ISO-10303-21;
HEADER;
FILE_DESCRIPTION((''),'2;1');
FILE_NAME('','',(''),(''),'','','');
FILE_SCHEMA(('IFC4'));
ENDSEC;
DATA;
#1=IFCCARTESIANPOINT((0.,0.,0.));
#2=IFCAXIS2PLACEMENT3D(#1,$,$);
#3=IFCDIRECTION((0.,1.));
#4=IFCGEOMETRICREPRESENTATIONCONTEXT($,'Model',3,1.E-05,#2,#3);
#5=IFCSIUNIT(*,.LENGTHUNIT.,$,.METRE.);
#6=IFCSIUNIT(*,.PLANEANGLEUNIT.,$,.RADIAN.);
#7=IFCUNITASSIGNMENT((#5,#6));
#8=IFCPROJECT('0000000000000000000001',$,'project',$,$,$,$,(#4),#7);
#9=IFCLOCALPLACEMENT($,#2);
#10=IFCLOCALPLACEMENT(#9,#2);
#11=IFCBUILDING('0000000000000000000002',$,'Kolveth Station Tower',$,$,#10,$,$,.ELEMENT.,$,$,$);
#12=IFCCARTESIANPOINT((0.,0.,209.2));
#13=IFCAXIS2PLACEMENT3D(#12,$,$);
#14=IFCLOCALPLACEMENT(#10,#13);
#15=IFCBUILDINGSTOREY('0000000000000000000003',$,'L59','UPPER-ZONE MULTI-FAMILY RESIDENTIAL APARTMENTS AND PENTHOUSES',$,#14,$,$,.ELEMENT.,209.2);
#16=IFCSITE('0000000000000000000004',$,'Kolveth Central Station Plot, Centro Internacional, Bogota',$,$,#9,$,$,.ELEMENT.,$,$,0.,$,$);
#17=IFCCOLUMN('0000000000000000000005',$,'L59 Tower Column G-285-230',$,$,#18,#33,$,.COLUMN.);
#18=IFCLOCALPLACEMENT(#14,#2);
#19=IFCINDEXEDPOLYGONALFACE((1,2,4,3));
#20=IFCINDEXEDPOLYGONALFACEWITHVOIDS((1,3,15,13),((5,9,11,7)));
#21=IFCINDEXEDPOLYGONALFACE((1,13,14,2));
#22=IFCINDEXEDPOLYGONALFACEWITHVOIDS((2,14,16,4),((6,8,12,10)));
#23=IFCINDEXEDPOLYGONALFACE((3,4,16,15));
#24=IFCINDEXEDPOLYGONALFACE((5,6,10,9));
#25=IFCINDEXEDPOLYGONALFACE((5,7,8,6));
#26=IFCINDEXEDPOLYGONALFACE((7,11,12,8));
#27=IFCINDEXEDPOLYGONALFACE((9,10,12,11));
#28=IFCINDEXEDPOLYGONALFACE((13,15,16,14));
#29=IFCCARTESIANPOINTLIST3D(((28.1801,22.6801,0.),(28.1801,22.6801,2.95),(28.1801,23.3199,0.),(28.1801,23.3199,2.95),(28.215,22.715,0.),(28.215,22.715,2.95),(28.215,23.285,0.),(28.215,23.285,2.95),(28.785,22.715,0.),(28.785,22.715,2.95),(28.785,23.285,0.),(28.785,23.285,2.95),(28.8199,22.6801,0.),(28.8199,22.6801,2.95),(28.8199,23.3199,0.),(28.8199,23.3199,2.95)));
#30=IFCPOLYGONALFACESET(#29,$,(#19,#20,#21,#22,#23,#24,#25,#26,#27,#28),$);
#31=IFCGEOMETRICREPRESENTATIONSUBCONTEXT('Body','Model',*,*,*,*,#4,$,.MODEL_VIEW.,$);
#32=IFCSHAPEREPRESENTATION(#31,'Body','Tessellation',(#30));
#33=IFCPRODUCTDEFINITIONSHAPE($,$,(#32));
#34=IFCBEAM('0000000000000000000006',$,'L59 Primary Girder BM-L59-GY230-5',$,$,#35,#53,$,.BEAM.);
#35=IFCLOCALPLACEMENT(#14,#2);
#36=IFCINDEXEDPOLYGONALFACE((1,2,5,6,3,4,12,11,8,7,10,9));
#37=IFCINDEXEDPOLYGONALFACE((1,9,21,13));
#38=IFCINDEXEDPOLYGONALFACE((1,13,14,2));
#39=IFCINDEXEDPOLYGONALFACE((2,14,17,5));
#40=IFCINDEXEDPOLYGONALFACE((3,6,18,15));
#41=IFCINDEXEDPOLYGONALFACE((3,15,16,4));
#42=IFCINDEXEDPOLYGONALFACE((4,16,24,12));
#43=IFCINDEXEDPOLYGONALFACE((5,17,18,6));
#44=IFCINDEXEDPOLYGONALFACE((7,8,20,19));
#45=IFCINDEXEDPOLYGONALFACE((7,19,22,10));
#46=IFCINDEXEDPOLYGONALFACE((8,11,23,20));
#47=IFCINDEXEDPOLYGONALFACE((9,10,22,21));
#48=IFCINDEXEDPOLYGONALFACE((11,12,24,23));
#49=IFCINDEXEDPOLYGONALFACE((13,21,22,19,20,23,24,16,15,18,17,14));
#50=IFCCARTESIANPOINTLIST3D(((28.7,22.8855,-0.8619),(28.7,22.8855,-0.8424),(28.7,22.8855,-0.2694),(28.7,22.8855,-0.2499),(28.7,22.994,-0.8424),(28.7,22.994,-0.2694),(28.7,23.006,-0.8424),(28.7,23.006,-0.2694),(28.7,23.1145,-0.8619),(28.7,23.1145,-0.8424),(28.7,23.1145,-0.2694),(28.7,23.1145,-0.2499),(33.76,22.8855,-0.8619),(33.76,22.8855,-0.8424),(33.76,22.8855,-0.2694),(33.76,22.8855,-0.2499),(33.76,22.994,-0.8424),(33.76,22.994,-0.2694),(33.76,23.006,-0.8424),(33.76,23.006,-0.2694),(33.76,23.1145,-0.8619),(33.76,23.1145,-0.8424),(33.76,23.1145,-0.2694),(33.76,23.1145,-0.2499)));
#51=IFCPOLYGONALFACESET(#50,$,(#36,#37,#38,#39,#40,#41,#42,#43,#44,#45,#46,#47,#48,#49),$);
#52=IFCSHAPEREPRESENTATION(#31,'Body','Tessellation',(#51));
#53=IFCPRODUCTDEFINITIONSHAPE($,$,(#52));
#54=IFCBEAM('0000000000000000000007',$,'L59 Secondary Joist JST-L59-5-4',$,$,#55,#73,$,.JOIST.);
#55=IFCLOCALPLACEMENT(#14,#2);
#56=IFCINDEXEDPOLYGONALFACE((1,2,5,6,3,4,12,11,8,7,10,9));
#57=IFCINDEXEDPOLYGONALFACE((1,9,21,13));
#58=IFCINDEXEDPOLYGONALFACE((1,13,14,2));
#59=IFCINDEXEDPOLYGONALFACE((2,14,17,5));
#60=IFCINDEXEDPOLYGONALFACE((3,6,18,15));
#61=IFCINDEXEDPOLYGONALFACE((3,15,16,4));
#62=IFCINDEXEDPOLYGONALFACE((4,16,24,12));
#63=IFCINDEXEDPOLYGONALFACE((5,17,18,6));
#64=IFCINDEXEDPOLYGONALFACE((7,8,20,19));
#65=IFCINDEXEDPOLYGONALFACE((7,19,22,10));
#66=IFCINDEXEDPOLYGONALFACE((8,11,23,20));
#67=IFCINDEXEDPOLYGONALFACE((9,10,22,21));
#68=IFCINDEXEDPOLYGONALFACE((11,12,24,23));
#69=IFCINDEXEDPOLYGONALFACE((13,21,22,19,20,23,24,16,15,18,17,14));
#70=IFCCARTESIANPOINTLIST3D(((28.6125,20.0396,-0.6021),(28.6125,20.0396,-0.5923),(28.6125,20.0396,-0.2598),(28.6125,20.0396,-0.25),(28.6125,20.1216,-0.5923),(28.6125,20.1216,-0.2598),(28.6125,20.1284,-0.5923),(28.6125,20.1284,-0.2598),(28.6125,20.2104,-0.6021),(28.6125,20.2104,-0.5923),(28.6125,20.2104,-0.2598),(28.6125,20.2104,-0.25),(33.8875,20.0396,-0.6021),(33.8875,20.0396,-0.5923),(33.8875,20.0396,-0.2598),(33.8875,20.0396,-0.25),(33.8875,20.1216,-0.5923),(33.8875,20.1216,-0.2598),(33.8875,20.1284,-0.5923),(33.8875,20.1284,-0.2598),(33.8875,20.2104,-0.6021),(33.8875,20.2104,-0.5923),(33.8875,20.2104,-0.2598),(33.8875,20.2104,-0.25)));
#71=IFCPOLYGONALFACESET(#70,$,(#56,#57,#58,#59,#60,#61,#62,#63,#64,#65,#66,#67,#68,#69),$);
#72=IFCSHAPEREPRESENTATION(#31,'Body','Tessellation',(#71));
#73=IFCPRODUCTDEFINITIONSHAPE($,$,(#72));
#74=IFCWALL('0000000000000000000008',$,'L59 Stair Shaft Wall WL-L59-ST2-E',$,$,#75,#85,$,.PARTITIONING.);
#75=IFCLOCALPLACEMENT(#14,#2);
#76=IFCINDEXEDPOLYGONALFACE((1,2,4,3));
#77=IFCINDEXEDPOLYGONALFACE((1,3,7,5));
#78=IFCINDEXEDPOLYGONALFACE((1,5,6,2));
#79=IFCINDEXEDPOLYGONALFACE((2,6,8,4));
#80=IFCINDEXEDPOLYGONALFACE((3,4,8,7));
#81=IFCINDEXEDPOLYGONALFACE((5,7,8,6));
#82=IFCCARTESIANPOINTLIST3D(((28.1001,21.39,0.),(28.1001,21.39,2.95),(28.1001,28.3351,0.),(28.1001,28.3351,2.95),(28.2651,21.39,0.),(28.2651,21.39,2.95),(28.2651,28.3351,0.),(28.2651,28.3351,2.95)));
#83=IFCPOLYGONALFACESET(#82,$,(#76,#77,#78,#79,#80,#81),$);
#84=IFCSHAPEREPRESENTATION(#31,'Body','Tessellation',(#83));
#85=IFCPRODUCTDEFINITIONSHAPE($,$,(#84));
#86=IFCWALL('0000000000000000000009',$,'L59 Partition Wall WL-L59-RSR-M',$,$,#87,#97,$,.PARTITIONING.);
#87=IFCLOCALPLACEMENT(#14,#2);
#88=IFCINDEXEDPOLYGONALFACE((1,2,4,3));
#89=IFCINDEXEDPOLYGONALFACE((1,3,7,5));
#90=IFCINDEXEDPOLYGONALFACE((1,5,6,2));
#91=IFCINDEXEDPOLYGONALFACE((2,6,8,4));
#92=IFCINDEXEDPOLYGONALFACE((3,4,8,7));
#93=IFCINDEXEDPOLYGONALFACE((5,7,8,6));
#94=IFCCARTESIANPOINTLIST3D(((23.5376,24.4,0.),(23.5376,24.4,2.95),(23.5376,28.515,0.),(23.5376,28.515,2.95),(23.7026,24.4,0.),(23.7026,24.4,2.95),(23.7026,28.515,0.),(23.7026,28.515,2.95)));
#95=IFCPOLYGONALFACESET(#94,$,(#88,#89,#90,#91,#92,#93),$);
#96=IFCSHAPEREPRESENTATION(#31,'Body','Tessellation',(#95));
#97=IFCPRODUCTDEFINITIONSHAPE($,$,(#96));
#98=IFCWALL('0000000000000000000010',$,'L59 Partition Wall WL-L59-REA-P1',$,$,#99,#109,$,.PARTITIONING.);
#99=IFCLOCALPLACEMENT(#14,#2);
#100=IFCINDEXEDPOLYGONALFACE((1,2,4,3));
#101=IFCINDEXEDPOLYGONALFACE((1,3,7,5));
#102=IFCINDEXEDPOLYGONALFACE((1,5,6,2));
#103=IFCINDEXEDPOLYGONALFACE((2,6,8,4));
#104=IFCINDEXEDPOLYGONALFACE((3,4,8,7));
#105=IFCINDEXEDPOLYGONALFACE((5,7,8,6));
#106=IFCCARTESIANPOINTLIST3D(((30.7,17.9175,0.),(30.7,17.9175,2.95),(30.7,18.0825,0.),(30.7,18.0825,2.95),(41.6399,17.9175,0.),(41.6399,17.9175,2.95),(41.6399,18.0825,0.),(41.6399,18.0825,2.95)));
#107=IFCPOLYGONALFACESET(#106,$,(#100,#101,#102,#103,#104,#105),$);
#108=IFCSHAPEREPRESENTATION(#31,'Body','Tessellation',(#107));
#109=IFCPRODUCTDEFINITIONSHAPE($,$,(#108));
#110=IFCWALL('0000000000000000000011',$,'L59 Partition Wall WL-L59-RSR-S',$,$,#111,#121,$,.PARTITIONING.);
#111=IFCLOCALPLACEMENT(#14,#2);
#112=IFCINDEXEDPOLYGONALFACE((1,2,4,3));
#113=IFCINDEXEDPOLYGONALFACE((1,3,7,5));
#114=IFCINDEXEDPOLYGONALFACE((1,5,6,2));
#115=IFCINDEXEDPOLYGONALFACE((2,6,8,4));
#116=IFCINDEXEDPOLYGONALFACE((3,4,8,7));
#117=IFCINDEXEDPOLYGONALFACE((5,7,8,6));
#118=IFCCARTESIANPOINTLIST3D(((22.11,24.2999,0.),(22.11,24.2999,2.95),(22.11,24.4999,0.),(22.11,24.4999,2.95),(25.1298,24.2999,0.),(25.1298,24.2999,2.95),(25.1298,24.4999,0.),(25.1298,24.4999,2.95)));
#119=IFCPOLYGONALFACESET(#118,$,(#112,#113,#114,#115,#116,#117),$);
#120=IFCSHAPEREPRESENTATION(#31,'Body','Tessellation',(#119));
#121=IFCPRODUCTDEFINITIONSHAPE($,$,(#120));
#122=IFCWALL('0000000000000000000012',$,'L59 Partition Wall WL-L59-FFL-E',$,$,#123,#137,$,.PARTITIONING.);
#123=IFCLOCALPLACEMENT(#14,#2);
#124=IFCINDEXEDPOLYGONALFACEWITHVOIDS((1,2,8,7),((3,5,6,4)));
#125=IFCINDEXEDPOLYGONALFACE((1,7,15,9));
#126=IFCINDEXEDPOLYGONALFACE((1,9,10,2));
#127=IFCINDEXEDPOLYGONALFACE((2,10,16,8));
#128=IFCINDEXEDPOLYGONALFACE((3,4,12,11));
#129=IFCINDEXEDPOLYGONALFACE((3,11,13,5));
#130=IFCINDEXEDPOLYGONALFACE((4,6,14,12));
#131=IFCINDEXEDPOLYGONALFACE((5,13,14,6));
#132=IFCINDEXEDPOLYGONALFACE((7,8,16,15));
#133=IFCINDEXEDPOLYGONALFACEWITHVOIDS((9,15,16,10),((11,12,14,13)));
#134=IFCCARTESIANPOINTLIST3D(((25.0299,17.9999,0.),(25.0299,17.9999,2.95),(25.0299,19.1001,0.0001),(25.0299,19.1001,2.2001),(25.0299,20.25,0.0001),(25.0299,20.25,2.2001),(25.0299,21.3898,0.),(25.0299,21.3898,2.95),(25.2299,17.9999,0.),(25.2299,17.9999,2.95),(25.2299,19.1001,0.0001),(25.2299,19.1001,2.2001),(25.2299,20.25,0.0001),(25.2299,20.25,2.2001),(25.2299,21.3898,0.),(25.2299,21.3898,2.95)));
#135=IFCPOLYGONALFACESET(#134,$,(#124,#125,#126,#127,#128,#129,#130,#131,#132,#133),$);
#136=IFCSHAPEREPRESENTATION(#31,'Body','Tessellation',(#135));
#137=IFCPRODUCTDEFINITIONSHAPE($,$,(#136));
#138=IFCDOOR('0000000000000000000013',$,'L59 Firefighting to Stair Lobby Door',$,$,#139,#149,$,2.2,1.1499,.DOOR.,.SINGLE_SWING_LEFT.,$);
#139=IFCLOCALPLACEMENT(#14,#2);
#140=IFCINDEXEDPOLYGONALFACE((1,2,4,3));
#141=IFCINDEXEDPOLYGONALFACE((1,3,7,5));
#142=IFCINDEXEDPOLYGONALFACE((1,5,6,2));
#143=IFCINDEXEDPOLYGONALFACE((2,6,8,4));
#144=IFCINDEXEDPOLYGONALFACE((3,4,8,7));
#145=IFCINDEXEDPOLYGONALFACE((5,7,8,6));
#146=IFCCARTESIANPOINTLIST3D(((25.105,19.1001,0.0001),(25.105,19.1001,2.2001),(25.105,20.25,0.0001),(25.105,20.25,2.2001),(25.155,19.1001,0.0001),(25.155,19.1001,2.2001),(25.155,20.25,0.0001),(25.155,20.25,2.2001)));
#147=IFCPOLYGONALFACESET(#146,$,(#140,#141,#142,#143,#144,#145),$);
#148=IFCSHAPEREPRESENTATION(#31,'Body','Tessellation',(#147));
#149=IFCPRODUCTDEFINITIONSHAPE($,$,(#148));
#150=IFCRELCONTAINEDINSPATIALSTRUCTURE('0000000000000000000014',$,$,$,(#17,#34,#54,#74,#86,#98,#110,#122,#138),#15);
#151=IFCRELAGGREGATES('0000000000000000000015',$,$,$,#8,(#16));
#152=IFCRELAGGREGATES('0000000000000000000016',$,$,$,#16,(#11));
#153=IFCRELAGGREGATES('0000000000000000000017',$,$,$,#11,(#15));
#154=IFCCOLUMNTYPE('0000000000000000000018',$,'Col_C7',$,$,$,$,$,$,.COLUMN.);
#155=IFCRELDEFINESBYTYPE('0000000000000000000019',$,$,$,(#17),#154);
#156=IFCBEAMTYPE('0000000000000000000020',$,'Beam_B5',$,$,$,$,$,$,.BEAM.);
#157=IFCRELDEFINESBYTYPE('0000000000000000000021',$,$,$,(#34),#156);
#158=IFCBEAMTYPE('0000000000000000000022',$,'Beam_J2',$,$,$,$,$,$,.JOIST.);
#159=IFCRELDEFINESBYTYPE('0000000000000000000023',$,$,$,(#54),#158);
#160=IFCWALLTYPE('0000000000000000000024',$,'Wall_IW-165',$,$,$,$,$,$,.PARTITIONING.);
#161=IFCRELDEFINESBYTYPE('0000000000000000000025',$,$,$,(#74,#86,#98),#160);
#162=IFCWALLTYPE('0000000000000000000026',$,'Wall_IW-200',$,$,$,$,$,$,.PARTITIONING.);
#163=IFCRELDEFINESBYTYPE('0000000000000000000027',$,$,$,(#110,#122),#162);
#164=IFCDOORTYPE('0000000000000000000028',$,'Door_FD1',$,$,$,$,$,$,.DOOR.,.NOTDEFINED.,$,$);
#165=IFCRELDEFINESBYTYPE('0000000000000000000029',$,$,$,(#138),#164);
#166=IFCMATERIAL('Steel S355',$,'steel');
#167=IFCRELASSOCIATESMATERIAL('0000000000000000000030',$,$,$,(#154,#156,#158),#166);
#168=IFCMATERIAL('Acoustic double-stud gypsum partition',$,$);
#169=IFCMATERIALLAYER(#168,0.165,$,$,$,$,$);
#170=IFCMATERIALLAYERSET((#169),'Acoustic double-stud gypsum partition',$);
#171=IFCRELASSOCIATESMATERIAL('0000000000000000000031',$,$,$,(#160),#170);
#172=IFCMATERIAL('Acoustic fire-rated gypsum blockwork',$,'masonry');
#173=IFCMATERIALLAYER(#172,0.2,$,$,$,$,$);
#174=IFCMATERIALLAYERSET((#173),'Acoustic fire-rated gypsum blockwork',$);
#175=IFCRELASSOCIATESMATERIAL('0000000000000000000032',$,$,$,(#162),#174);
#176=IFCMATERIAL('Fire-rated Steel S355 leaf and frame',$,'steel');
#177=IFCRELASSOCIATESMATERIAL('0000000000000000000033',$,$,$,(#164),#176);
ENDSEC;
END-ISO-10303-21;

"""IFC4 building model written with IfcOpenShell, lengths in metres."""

from ifc_helpers import new_model, si_unit, direction, frame, frame_2d, origin, origin_2d, place, context, subcontext, project, spatial, rectangle, hollow_rectangle, i_section, extrude, source, transform, mapped, material, layer, layer_set, material_profile, profile_set, type_object, element, fill, save


model = new_model("IFC4")

# Units and contexts
model_context = context("Model", 3, precision=1e-05, world=origin(), true_north=direction((0.0, 1.0)))
body_context = subcontext(model_context, "Body", "Model", "MODEL_VIEW")
ifc_project = project(units=[si_unit("LENGTHUNIT", "METRE"), si_unit("PLANEANGLEUNIT", "RADIAN")], contexts=[model_context])

# Site, building, storey
site_placement = place(None, origin())
site = spatial("IfcSite", under=ifc_project, at=site_placement, Name="Kolveth Central Station Plot, Centro Internacional, Bogota", CompositionType="ELEMENT", RefElevation=0.0)
building_placement = place(site_placement, origin())
building = spatial("IfcBuilding", under=site, at=building_placement, Name="Kolveth Station Tower", CompositionType="ELEMENT")
storey_placement = place(building_placement, frame((0.0, 0.0, 209.2)))
storey = spatial("IfcBuildingStorey", under=building, at=storey_placement, Name="L59", Description="UPPER-ZONE MULTI-FAMILY RESIDENTIAL APARTMENTS AND PENTHOUSES", CompositionType="ELEMENT", Elevation=209.2)

# Column
ifc_material_1 = material(Name="Steel S355", Category="steel")
ifc_material_profile_1 = material_profile(ifc_material_1, hollow_rectangle(XDim=0.6399, YDim=0.6399, WallThickness=0.0349, at=origin_2d()), Name="BOX640x640x35")
ifc_profile_set_1 = profile_set([ifc_material_profile_1], Name="Steel S355")
column_type = type_object("IfcColumnType", Name="Col_C7", PredefinedType="COLUMN", material=ifc_profile_set_1)
shared_shape_1 = source(origin(), body_context, "Body", "SweptSolid", [
    extrude(hollow_rectangle(XDim=0.6399, YDim=0.6399, WallThickness=0.0349, at=origin_2d()), origin(), (0.0, 0.0, 1.0), 2.95),
])
column_placement = place(storey_placement, frame((28.5, 23.0, 0.0), z_axis=(0.0, 0.0, 1.0), x_axis=(1.0, 0.0, 0.0)))
element("IfcColumn", 1, at=column_placement, inside=storey, type_object=column_type, Name="L59 Tower Column G-285-230", PredefinedType="COLUMN", context=body_context, shape_type="MappedRepresentation", body=[
    mapped(shared_shape_1, transform((0.0, 0.0, 0.0), x_axis=(1.0, 0.0, 0.0), y_axis=(0.0, 1.0, 0.0), z_axis=(0.0, 0.0, 1.0), scale=1.0)),
])

# Beams
ifc_material_profile_2 = material_profile(ifc_material_1, i_section(OverallWidth=0.229, OverallDepth=0.6121, WebThickness=0.012, FlangeThickness=0.0195, at=origin_2d()), Name="W610x125")
ifc_profile_set_2 = profile_set([ifc_material_profile_2], Name="Steel S355")
beam_type_1 = type_object("IfcBeamType", Name="Beam_B5", PredefinedType="BEAM", material=ifc_profile_set_2)
shared_shape_2 = source(origin(), body_context, "Body", "SweptSolid", [
    extrude(i_section(OverallWidth=0.229, OverallDepth=0.6121, WebThickness=0.012, FlangeThickness=0.0195, at=origin_2d()), origin(), (0.0, 0.0, 1.0), 5.0601),
])
beam_1_placement = place(storey_placement, frame((28.7, 23.0, -0.5559), z_axis=(1.0, 0.0, 0.0), x_axis=(0.0, 1.0, 0.0)))
element("IfcBeam", 2, at=beam_1_placement, inside=storey, type_object=beam_type_1, Name="L59 Primary Girder BM-L59-GY230-5", PredefinedType="BEAM", context=body_context, shape_type="MappedRepresentation", body=[
    mapped(shared_shape_2, transform((0.0, 0.0, 0.0), x_axis=(1.0, 0.0, 0.0), y_axis=(0.0, 1.0, 0.0), z_axis=(0.0, 0.0, 1.0), scale=1.0)),
])
ifc_material_profile_3 = material_profile(ifc_material_1, i_section(OverallWidth=0.1709, OverallDepth=0.3521, WebThickness=0.0068, FlangeThickness=0.0098, at=origin_2d()), Name="W360x44")
ifc_profile_set_3 = profile_set([ifc_material_profile_3], Name="Steel S355")
beam_type_2 = type_object("IfcBeamType", Name="Beam_J2", PredefinedType="JOIST", material=ifc_profile_set_3)
shared_shape_3 = source(origin(), body_context, "Body", "SweptSolid", [
    extrude(i_section(OverallWidth=0.1709, OverallDepth=0.3521, WebThickness=0.0068, FlangeThickness=0.0098, at=origin_2d()), origin(), (0.0, 0.0, 1.0), 5.2749),
])
beam_2_placement = place(storey_placement, frame((28.6125, 20.125, -0.426), z_axis=(1.0, 0.0, 0.0), x_axis=(0.0, 1.0, 0.0)))
element("IfcBeam", 3, at=beam_2_placement, inside=storey, type_object=beam_type_2, Name="L59 Secondary Joist JST-L59-5-4", PredefinedType="JOIST", context=body_context, shape_type="MappedRepresentation", body=[
    mapped(shared_shape_3, transform((0.0, 0.0, 0.0), x_axis=(1.0, 0.0, 0.0), y_axis=(0.0, 1.0, 0.0), z_axis=(0.0, 0.0, 1.0), scale=1.0)),
])

# Walls
ifc_material_2 = material(Name="Acoustic double-stud gypsum partition")
ifc_layer_1 = layer(ifc_material_2, 0.165)
ifc_layer_set_1 = layer_set([ifc_layer_1], Name="Acoustic double-stud gypsum partition")
wall_type_1 = type_object("IfcWallType", Name="Wall_IW-165", PredefinedType="PARTITIONING", material=ifc_layer_set_1)
wall_1_placement = place(storey_placement, frame((28.1826, 21.3899, 0.0), z_axis=(0.0, 0.0, 1.0), x_axis=(0.0, 1.0, 0.0)))
element("IfcWall", 4, at=wall_1_placement, inside=storey, type_object=wall_type_1, Name="L59 Stair Shaft Wall WL-L59-ST2-E", PredefinedType="PARTITIONING", context=body_context, shape_type="SweptSolid", body=[
    extrude(rectangle(XDim=6.9451, YDim=0.165, at=frame_2d((3.4727, 0.0))), origin(), (0.0, 0.0, 1.0), 2.95),
])
wall_2_placement = place(storey_placement, frame((23.6201, 24.3999, 0.0), z_axis=(0.0, 0.0, 1.0), x_axis=(0.0, 1.0, 0.0)))
element("IfcWall", 5, at=wall_2_placement, inside=storey, type_object=wall_type_1, Name="L59 Partition Wall WL-L59-RSR-M", PredefinedType="PARTITIONING", context=body_context, shape_type="SweptSolid", body=[
    extrude(rectangle(XDim=4.115, YDim=0.165, at=frame_2d((2.0576, 0.0))), origin(), (0.0, 0.0, 1.0), 2.95),
])
wall_3_placement = place(storey_placement, frame((30.7, 18.0, 0.0), z_axis=(0.0, 0.0, 1.0), x_axis=(1.0, 0.0, 0.0)))
element("IfcWall", 6, at=wall_3_placement, inside=storey, type_object=wall_type_1, Name="L59 Partition Wall WL-L59-REA-P1", PredefinedType="PARTITIONING", context=body_context, shape_type="SweptSolid", body=[
    extrude(rectangle(XDim=10.9399, YDim=0.165, at=frame_2d((5.47, 0.0))), origin(), (0.0, 0.0, 1.0), 2.95),
])
ifc_material_3 = material(Name="Acoustic fire-rated gypsum blockwork", Category="masonry")
ifc_layer_2 = layer(ifc_material_3, 0.2)
ifc_layer_set_2 = layer_set([ifc_layer_2], Name="Acoustic fire-rated gypsum blockwork")
wall_type_2 = type_object("IfcWallType", Name="Wall_IW-200", PredefinedType="PARTITIONING", material=ifc_layer_set_2)
wall_4_placement = place(storey_placement, frame((22.1101, 24.3999, 0.0), z_axis=(0.0, 0.0, 1.0), x_axis=(1.0, 0.0, 0.0)))
element("IfcWall", 7, at=wall_4_placement, inside=storey, type_object=wall_type_2, Name="L59 Partition Wall WL-L59-RSR-S", PredefinedType="PARTITIONING", context=body_context, shape_type="SweptSolid", body=[
    extrude(rectangle(XDim=3.0198, YDim=0.2, at=frame_2d((1.5098, 0.0))), origin(), (0.0, 0.0, 1.0), 2.95),
])

# Wall, opening, door
wall_5_placement = place(storey_placement, frame((25.1299, 18.0, 0.0), z_axis=(0.0, 0.0, 1.0), x_axis=(0.0, 1.0, 0.0)))
wall_5 = element("IfcWall", 8, at=wall_5_placement, inside=storey, type_object=wall_type_2, Name="L59 Partition Wall WL-L59-FFL-E", PredefinedType="PARTITIONING", context=body_context, shape_type="SweptSolid", body=[
    extrude(rectangle(XDim=3.3899, YDim=0.2, at=frame_2d((1.6948, 0.0))), origin(), (0.0, 0.0, 1.0), 2.95),
])
opening_1_placement = place(wall_5_placement, frame((1.1001, 0.0, 0.0)))
opening_1 = element("IfcOpeningElement", 9, at=opening_1_placement, cuts=wall_5, PredefinedType="OPENING", context=body_context, shape_type="SweptSolid", body=[
    extrude(rectangle(XDim=1.1499, YDim=2.2, at=frame_2d((0.575, 1.1001))), frame((0.0, 0.1099, 0.0), z_axis=(0.0, -1.0, 0.0), x_axis=(1.0, 0.0, 0.0)), (0.0, 0.0, 1.0), 0.22),
])
ifc_material_4 = material(Name="Fire-rated Steel S355 leaf and frame", Category="steel")
door_type_1 = type_object("IfcDoorType", Name="Door_FD1", OperationType="NOTDEFINED", PredefinedType="DOOR", material=ifc_material_4)
door_1_placement = place(opening_1_placement, origin())
door_1 = element("IfcDoor", 10, at=door_1_placement, inside=storey, type_object=door_type_1, Name="L59 Firefighting to Stair Lobby Door", OperationType="SINGLE_SWING_LEFT", OverallHeight=2.2, OverallWidth=1.1499, PredefinedType="DOOR", context=body_context, shape_type="SweptSolid", body=[
    extrude(rectangle(XDim=1.1499, YDim=2.2, at=frame_2d((0.575, 1.1001))), frame((0.0, 0.0249, 0.0), z_axis=(0.0, -1.0, 0.0), x_axis=(1.0, 0.0, 0.0)), (0.0, 0.0, 1.0), 0.05),
])
fill(opening_1, door_1)

save(model, "model.ifc")
